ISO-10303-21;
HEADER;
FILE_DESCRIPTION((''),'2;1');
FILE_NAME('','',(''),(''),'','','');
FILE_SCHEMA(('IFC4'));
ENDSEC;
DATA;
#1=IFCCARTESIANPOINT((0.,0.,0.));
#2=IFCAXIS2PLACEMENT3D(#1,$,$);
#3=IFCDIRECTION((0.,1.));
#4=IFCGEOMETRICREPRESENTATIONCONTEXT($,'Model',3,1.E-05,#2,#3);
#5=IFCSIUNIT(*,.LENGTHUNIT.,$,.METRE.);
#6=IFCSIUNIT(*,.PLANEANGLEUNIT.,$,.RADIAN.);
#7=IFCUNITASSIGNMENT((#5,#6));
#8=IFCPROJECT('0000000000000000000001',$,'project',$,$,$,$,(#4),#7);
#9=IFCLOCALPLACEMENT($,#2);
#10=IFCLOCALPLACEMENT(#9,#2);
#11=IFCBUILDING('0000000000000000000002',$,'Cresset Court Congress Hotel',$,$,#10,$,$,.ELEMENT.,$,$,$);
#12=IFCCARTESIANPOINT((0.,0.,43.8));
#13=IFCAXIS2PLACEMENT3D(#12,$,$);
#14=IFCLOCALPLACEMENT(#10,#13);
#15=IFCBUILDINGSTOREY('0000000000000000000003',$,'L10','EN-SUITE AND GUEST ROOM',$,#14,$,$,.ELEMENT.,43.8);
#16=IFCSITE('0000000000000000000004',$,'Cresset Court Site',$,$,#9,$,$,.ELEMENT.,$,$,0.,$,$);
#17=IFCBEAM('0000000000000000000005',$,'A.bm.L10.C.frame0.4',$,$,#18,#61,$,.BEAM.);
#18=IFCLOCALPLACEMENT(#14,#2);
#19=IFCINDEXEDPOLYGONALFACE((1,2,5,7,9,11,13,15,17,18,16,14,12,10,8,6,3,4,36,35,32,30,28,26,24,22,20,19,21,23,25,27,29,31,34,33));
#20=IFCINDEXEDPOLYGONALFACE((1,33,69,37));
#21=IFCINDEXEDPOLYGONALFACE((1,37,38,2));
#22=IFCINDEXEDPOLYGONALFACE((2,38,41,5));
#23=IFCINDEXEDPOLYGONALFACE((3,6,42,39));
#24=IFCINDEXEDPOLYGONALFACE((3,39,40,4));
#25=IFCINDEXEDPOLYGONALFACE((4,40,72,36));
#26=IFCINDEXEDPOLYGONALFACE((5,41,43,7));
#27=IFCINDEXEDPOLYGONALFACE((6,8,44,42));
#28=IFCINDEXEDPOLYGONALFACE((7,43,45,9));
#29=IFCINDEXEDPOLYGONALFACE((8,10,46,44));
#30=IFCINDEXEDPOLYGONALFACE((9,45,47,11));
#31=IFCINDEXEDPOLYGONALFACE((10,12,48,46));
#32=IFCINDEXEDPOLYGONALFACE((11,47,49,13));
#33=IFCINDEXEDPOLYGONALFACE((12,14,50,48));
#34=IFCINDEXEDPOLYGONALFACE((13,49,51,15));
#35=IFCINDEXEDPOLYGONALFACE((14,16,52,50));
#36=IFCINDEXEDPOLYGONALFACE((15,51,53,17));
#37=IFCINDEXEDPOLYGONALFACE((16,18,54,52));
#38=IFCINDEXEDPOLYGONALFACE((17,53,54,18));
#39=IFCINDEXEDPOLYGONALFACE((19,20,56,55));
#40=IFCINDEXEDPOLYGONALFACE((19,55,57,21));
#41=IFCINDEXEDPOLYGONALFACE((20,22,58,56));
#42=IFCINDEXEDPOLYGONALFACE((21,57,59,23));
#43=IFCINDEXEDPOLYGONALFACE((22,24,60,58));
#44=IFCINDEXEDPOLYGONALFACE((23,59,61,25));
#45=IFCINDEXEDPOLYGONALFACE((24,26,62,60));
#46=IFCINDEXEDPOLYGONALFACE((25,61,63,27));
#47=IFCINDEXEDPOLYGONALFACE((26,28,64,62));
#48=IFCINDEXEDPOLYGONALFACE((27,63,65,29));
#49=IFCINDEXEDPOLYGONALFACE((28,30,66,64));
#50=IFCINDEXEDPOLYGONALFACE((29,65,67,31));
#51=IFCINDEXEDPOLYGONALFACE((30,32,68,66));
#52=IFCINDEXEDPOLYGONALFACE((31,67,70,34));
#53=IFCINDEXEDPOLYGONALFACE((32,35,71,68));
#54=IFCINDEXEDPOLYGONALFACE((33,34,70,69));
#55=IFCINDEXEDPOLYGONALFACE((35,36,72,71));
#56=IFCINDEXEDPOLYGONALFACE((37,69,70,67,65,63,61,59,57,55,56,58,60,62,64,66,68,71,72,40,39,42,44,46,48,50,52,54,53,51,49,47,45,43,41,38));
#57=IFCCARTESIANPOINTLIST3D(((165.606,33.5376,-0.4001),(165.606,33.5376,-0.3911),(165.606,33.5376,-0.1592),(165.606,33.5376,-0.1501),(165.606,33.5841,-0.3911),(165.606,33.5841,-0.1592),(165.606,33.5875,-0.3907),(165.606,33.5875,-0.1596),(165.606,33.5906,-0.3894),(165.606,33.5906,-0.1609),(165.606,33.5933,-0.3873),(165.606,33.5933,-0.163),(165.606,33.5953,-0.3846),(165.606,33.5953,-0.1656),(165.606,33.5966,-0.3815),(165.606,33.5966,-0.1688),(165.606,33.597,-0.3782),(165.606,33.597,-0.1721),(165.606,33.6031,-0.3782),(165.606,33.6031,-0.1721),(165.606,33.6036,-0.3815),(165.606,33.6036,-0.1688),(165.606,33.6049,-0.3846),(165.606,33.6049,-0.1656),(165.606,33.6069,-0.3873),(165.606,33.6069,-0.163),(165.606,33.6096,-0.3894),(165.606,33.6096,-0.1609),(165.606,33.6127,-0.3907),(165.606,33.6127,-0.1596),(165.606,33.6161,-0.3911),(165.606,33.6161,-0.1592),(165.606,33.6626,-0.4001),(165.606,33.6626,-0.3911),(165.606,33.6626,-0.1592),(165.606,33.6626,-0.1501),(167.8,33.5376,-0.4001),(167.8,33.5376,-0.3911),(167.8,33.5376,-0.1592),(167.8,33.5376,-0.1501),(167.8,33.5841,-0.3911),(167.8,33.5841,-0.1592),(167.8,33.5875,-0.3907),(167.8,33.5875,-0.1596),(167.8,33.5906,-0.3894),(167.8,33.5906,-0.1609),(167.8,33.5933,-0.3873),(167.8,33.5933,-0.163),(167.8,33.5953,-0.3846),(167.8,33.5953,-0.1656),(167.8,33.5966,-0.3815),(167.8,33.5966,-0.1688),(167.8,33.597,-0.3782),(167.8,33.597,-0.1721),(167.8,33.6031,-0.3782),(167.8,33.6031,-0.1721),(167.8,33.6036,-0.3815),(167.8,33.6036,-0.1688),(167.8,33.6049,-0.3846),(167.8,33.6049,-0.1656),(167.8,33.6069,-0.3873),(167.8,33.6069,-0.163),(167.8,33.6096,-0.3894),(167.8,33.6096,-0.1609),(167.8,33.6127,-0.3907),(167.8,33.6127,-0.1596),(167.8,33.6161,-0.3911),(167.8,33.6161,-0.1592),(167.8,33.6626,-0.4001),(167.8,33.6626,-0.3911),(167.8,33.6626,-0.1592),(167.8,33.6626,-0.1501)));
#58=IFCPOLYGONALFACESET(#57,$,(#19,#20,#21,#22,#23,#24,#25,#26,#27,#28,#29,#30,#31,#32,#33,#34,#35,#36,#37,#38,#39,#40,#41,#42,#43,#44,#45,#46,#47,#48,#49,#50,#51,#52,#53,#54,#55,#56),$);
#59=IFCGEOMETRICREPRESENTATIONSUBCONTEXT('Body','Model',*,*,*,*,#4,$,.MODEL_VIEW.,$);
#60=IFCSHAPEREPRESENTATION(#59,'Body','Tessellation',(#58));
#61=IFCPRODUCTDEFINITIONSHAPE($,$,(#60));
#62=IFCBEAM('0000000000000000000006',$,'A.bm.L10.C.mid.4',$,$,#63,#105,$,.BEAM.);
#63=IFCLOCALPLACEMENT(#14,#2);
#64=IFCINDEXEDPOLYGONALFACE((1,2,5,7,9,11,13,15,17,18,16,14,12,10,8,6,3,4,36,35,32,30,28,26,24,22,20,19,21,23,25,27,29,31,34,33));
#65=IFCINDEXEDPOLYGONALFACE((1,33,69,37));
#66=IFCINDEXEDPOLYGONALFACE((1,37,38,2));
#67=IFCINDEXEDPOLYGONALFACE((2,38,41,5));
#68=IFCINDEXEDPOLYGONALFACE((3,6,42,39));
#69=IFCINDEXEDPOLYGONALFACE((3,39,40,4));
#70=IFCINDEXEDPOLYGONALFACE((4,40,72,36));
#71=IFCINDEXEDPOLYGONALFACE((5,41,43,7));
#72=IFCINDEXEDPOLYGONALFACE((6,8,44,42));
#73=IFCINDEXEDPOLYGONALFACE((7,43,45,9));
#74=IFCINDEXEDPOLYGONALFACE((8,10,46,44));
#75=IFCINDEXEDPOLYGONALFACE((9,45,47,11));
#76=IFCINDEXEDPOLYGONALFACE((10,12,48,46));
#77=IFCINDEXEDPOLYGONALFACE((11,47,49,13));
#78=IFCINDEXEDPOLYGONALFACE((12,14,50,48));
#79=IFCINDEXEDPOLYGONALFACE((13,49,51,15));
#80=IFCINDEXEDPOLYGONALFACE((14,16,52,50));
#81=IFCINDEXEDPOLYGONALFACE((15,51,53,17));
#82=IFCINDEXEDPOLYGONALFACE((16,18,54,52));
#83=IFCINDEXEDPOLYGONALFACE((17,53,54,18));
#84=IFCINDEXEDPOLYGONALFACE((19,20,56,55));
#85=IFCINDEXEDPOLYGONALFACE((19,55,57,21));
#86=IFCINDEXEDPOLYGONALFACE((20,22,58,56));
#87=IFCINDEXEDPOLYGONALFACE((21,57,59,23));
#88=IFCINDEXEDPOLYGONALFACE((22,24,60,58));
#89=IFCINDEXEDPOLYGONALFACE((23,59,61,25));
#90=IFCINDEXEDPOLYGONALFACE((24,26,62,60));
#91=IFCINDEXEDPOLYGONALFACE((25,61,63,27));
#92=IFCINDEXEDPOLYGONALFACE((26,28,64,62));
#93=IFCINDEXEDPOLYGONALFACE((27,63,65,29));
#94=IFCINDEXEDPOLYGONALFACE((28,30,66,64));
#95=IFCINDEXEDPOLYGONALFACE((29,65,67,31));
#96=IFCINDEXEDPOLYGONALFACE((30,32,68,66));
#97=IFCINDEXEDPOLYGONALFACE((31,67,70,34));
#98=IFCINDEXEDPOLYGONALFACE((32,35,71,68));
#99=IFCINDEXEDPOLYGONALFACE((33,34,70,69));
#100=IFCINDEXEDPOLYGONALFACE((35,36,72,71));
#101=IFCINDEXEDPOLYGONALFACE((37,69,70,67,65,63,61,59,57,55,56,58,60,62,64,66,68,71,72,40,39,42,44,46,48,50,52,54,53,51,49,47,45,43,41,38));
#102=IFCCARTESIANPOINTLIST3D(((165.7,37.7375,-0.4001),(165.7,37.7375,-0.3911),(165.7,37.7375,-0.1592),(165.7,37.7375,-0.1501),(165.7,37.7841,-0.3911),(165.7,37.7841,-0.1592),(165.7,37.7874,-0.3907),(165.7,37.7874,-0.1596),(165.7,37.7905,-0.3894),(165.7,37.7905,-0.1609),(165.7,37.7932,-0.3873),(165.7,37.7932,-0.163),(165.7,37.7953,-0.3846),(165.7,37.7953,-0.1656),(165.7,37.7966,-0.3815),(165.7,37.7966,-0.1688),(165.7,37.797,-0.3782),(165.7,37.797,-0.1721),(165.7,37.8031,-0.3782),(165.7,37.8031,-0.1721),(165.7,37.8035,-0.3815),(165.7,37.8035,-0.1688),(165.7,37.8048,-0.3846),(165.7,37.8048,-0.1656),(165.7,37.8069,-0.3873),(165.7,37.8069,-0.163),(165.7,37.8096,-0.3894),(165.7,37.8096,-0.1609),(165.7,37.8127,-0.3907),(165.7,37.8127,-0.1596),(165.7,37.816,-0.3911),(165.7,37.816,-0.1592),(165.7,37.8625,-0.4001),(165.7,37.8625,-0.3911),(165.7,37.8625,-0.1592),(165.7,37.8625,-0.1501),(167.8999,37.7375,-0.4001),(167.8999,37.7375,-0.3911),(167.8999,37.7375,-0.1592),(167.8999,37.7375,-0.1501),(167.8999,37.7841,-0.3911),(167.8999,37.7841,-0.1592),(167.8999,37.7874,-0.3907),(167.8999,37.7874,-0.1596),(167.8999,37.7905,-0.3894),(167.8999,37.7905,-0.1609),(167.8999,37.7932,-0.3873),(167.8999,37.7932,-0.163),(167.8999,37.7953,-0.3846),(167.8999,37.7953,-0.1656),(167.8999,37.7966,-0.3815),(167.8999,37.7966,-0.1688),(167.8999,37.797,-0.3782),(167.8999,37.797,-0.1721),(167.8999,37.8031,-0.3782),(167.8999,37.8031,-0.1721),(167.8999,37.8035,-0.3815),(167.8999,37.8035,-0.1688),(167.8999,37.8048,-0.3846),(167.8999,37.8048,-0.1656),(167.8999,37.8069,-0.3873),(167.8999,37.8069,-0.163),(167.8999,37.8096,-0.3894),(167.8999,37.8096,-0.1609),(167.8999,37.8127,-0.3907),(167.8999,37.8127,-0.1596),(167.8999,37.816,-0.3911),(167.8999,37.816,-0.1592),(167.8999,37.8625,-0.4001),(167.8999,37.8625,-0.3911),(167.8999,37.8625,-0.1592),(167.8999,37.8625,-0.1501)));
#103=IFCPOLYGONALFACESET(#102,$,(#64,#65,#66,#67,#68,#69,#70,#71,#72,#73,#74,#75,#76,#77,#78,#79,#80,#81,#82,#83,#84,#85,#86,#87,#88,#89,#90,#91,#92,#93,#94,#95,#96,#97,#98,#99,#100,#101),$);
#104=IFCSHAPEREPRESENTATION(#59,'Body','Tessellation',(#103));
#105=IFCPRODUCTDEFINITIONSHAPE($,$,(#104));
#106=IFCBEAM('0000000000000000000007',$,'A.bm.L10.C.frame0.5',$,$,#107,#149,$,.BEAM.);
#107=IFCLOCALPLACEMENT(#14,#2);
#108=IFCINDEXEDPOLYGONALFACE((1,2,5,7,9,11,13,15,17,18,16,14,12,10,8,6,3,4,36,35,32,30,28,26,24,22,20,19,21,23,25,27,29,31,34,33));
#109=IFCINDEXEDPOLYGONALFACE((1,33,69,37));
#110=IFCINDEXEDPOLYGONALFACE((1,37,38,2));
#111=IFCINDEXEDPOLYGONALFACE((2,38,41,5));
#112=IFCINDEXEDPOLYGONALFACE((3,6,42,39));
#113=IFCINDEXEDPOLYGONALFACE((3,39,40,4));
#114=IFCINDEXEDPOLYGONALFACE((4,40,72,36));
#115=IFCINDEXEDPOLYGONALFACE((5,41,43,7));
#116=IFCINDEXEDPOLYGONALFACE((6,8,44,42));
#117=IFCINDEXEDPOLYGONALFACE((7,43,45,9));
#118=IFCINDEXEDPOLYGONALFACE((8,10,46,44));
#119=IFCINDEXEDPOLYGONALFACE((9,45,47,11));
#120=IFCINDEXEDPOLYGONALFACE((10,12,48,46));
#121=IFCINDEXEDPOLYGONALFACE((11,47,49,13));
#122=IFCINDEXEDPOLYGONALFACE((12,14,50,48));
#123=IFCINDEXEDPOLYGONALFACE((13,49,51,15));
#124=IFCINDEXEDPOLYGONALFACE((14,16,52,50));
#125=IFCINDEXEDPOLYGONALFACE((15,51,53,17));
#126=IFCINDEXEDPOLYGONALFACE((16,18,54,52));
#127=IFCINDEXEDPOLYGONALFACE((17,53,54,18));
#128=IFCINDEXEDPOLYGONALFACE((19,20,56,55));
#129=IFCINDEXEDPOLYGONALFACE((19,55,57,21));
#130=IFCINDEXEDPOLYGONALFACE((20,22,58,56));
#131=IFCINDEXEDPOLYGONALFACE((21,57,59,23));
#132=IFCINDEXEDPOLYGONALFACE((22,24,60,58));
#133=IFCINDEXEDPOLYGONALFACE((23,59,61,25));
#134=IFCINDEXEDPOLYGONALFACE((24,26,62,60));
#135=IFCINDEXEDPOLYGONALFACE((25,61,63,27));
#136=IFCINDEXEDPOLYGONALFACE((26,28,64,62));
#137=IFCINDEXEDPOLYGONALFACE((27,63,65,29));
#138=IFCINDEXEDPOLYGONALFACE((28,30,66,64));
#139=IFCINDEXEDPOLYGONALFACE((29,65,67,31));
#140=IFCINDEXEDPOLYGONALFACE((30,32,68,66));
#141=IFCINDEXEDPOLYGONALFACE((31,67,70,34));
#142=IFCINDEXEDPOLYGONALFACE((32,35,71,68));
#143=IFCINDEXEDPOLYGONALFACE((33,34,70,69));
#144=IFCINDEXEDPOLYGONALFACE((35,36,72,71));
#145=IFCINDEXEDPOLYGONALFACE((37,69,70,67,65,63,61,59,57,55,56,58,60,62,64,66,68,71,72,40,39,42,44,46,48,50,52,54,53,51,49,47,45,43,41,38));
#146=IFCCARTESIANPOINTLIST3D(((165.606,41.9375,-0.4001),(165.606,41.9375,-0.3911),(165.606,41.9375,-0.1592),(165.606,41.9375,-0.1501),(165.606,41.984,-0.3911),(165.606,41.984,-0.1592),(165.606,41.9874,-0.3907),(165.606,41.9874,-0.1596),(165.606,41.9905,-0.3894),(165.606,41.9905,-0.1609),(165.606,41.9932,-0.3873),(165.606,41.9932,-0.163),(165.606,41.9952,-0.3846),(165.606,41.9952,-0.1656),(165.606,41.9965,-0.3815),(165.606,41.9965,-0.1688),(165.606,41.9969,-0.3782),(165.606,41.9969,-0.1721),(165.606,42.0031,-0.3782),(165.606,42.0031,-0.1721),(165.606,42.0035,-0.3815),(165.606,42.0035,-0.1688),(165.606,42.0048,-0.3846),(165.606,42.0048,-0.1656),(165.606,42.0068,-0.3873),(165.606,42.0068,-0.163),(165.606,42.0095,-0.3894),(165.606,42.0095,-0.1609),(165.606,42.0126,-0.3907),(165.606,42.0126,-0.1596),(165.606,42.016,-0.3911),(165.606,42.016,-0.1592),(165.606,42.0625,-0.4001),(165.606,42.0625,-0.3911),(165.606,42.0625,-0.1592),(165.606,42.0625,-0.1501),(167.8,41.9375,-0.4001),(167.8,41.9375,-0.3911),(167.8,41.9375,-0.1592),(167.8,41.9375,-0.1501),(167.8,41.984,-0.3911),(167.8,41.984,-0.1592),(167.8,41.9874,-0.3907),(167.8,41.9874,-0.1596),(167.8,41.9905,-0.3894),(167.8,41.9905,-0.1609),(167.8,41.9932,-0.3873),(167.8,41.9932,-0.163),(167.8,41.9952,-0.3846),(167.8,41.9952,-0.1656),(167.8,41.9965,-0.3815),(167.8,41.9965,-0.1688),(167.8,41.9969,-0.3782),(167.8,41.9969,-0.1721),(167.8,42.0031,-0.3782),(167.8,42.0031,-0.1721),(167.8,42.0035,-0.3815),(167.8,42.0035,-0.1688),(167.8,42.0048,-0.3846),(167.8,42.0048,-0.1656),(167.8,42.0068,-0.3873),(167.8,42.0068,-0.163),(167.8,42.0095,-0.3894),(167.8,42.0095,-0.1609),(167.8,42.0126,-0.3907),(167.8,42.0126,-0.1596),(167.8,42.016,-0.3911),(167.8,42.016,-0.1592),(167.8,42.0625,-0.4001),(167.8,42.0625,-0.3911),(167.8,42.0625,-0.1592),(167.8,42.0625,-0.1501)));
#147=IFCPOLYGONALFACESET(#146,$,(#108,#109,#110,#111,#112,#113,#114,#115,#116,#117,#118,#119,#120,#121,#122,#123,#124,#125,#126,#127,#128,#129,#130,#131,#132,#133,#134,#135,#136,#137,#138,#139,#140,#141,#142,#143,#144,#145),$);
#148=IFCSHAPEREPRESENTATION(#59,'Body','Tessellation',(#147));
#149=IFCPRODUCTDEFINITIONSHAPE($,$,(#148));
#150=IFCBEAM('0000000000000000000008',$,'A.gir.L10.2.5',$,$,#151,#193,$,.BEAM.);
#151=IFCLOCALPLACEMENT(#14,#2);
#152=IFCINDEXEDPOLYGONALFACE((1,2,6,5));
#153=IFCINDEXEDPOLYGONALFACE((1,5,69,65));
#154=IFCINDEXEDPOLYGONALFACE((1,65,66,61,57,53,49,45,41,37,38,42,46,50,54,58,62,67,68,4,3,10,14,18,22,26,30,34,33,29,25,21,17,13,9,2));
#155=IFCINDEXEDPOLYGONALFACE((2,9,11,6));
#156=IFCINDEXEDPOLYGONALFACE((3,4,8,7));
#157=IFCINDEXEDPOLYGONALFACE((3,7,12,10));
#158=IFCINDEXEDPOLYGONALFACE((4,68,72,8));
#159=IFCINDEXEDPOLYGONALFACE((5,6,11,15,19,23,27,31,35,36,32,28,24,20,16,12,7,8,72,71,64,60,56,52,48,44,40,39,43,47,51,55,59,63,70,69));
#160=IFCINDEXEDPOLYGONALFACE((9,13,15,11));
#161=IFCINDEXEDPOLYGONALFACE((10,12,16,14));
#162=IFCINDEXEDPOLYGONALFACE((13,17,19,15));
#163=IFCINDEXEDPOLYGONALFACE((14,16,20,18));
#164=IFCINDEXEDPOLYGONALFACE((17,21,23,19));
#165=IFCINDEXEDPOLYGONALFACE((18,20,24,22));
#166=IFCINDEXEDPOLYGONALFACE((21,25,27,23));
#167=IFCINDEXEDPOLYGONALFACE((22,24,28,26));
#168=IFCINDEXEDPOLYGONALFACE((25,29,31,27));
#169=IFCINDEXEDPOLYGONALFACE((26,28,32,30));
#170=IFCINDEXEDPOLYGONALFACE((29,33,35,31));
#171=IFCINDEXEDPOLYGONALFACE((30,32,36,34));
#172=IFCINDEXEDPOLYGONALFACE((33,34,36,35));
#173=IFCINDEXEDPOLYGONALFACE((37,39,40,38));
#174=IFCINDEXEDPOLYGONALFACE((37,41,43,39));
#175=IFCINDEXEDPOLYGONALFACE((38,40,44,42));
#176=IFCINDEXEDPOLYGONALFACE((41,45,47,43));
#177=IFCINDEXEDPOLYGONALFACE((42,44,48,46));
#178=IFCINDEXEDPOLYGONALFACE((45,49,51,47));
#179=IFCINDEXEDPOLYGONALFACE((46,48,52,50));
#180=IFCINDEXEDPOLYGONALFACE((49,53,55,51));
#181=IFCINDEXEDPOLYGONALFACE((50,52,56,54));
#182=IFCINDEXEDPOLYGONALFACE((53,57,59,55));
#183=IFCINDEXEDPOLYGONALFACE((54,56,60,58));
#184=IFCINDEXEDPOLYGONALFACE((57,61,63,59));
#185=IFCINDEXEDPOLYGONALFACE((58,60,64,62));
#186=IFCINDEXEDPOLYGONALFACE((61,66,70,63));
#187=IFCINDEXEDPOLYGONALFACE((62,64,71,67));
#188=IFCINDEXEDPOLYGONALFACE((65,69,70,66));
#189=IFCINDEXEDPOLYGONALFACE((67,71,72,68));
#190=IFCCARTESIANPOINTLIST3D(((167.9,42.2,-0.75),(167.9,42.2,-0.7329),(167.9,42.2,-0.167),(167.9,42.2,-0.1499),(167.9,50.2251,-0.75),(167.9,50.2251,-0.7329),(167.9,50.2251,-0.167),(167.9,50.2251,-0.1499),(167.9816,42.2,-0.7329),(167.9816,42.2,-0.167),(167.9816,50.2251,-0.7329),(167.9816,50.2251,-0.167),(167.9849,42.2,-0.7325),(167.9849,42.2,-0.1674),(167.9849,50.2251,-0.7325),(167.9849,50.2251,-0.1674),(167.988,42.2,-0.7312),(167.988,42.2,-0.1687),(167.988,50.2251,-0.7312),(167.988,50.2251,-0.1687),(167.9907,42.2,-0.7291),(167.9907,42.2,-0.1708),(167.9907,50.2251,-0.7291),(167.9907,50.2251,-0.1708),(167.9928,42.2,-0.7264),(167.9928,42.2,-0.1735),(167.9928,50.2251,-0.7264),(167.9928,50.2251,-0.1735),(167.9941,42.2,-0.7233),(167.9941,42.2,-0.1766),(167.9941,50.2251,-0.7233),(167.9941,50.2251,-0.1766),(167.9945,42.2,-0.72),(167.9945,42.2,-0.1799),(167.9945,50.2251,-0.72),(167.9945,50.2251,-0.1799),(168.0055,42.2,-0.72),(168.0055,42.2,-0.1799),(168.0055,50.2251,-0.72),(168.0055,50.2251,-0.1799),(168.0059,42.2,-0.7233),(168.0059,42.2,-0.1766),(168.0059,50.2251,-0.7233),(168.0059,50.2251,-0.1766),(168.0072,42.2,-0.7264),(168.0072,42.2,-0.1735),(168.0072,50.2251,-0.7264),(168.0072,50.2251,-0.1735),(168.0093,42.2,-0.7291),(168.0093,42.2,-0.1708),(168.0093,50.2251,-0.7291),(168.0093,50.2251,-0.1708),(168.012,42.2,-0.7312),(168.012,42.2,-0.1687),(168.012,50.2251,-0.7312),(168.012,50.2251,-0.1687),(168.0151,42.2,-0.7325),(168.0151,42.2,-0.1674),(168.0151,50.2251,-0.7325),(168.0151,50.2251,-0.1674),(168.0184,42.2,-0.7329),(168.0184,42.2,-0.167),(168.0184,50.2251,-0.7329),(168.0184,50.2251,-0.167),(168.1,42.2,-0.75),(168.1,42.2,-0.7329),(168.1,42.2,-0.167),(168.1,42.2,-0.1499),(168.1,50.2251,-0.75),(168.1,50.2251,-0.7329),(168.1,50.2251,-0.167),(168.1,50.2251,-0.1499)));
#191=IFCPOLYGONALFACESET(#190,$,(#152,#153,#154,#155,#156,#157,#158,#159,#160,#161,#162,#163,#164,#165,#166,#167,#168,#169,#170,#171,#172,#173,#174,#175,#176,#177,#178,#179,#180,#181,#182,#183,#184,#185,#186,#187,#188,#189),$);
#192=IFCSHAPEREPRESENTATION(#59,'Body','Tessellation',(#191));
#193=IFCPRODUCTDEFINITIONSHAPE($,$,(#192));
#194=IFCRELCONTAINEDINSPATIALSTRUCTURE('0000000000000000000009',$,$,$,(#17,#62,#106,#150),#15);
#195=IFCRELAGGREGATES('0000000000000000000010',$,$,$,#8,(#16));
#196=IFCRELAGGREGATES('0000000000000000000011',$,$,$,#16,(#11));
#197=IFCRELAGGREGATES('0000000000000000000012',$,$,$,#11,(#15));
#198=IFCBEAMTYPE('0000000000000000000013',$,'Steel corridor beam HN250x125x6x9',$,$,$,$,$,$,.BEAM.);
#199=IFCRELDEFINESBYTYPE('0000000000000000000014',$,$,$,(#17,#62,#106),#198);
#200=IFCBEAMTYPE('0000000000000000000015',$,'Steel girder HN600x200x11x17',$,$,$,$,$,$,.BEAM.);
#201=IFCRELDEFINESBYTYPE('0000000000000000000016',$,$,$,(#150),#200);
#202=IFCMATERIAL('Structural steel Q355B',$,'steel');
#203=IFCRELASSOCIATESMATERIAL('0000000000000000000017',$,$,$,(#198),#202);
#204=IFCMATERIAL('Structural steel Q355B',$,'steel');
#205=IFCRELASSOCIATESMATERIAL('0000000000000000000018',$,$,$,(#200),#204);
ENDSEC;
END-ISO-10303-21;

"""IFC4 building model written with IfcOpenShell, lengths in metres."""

from ifc_helpers import new_model, si_unit, direction, frame, origin, origin_2d, place, context, subcontext, project, spatial, i_section, extrude, material, material_profile, profile_set, type_object, element, save


model = new_model("IFC4")

# Units and contexts
model_context = context("Model", 3, precision=1e-05, world=origin(), true_north=direction((0.0, 1.0)))
body_context = subcontext(model_context, "Body", "Model", "MODEL_VIEW")
ifc_project = project(units=[si_unit("LENGTHUNIT", "METRE"), si_unit("PLANEANGLEUNIT", "RADIAN")], contexts=[model_context])

# Site, building, storey
site_placement = place(None, origin())
site = spatial("IfcSite", under=ifc_project, at=site_placement, Name="Cresset Court Site", CompositionType="ELEMENT", RefElevation=0.0)
building_placement = place(site_placement, origin())
building = spatial("IfcBuilding", under=site, at=building_placement, Name="Cresset Court Congress Hotel", CompositionType="ELEMENT")
storey_placement = place(building_placement, frame((0.0, 0.0, 43.8)))
storey = spatial("IfcBuildingStorey", under=building, at=storey_placement, Name="L10", Description="EN-SUITE AND GUEST ROOM", CompositionType="ELEMENT", Elevation=43.8)

# Beams
ifc_material_1 = material(Name="Structural steel Q355B", Category="steel")
ifc_material_profile_1 = material_profile(ifc_material_1, i_section(OverallWidth=0.125, OverallDepth=0.25, WebThickness=0.0061, FlangeThickness=0.009, FilletRadius=0.0129, at=origin_2d()), Name="HN250x125x6x9")
ifc_profile_set_1 = profile_set([ifc_material_profile_1], Name="Structural steel Q355B")
beam_type_1 = type_object("IfcBeamType", Name="Steel corridor beam HN250x125x6x9", PredefinedType="BEAM", material=ifc_profile_set_1)
beam_1_placement = place(storey_placement, frame((165.606, 33.6001, -0.2751), z_axis=(1.0, 0.0, 0.0), x_axis=(0.0, 1.0, 0.0)))
element("IfcBeam", 1, at=beam_1_placement, inside=storey, type_object=beam_type_1, Name="A.bm.L10.C.frame0.4", PredefinedType="BEAM", context=body_context, shape_type="SweptSolid", body=[
    extrude(i_section(OverallWidth=0.125, OverallDepth=0.25, WebThickness=0.0061, FlangeThickness=0.009, FilletRadius=0.0129, at=origin_2d()), origin(), (0.0, 0.0, 1.0), 2.1941),
])
beam_2_placement = place(storey_placement, frame((165.7, 37.8, -0.2751), z_axis=(1.0, 0.0, 0.0), x_axis=(0.0, 1.0, 0.0)))
element("IfcBeam", 2, at=beam_2_placement, inside=storey, type_object=beam_type_1, Name="A.bm.L10.C.mid.4", PredefinedType="BEAM", context=body_context, shape_type="SweptSolid", body=[
    extrude(i_section(OverallWidth=0.125, OverallDepth=0.25, WebThickness=0.0061, FlangeThickness=0.009, FilletRadius=0.0129, at=origin_2d()), origin(), (0.0, 0.0, 1.0), 2.2),
])
beam_3_placement = place(storey_placement, frame((165.606, 42.0, -0.2751), z_axis=(1.0, 0.0, 0.0), x_axis=(0.0, 1.0, 0.0)))
element("IfcBeam", 3, at=beam_3_placement, inside=storey, type_object=beam_type_1, Name="A.bm.L10.C.frame0.5", PredefinedType="BEAM", context=body_context, shape_type="SweptSolid", body=[
    extrude(i_section(OverallWidth=0.125, OverallDepth=0.25, WebThickness=0.0061, FlangeThickness=0.009, FilletRadius=0.0129, at=origin_2d()), origin(), (0.0, 0.0, 1.0), 2.1941),
])
ifc_material_2 = material(Name="Structural steel Q355B", Category="steel")
ifc_material_profile_2 = material_profile(ifc_material_2, i_section(OverallWidth=0.2, OverallDepth=0.6001, WebThickness=0.011, FlangeThickness=0.0171, FilletRadius=0.0129, at=origin_2d()), Name="HN600x200x11x17")
ifc_profile_set_2 = profile_set([ifc_material_profile_2], Name="Structural steel Q355B")
beam_type_2 = type_object("IfcBeamType", Name="Steel girder HN600x200x11x17", PredefinedType="BEAM", material=ifc_profile_set_2)
for number, where, z_axis, x_axis, name in (
    (4, (168.0, 42.2, -0.45), (0.0, 1.0, 0.0), (-1.0, 0.0, 0.0), "A.gir.L10.2.5"),
):
    element("IfcBeam", number, at=place(storey_placement, frame(where, z_axis=z_axis, x_axis=x_axis)), inside=storey, type_object=beam_type_2, Name=name, PredefinedType="BEAM", context=body_context, shape_type="SweptSolid", body=[
        extrude(i_section(OverallWidth=0.2, OverallDepth=0.6001, WebThickness=0.011, FlangeThickness=0.0171, FilletRadius=0.0129, at=origin_2d()), origin(), (0.0, 0.0, 1.0), 8.0251),
    ])

save(model, "model.ifc")
